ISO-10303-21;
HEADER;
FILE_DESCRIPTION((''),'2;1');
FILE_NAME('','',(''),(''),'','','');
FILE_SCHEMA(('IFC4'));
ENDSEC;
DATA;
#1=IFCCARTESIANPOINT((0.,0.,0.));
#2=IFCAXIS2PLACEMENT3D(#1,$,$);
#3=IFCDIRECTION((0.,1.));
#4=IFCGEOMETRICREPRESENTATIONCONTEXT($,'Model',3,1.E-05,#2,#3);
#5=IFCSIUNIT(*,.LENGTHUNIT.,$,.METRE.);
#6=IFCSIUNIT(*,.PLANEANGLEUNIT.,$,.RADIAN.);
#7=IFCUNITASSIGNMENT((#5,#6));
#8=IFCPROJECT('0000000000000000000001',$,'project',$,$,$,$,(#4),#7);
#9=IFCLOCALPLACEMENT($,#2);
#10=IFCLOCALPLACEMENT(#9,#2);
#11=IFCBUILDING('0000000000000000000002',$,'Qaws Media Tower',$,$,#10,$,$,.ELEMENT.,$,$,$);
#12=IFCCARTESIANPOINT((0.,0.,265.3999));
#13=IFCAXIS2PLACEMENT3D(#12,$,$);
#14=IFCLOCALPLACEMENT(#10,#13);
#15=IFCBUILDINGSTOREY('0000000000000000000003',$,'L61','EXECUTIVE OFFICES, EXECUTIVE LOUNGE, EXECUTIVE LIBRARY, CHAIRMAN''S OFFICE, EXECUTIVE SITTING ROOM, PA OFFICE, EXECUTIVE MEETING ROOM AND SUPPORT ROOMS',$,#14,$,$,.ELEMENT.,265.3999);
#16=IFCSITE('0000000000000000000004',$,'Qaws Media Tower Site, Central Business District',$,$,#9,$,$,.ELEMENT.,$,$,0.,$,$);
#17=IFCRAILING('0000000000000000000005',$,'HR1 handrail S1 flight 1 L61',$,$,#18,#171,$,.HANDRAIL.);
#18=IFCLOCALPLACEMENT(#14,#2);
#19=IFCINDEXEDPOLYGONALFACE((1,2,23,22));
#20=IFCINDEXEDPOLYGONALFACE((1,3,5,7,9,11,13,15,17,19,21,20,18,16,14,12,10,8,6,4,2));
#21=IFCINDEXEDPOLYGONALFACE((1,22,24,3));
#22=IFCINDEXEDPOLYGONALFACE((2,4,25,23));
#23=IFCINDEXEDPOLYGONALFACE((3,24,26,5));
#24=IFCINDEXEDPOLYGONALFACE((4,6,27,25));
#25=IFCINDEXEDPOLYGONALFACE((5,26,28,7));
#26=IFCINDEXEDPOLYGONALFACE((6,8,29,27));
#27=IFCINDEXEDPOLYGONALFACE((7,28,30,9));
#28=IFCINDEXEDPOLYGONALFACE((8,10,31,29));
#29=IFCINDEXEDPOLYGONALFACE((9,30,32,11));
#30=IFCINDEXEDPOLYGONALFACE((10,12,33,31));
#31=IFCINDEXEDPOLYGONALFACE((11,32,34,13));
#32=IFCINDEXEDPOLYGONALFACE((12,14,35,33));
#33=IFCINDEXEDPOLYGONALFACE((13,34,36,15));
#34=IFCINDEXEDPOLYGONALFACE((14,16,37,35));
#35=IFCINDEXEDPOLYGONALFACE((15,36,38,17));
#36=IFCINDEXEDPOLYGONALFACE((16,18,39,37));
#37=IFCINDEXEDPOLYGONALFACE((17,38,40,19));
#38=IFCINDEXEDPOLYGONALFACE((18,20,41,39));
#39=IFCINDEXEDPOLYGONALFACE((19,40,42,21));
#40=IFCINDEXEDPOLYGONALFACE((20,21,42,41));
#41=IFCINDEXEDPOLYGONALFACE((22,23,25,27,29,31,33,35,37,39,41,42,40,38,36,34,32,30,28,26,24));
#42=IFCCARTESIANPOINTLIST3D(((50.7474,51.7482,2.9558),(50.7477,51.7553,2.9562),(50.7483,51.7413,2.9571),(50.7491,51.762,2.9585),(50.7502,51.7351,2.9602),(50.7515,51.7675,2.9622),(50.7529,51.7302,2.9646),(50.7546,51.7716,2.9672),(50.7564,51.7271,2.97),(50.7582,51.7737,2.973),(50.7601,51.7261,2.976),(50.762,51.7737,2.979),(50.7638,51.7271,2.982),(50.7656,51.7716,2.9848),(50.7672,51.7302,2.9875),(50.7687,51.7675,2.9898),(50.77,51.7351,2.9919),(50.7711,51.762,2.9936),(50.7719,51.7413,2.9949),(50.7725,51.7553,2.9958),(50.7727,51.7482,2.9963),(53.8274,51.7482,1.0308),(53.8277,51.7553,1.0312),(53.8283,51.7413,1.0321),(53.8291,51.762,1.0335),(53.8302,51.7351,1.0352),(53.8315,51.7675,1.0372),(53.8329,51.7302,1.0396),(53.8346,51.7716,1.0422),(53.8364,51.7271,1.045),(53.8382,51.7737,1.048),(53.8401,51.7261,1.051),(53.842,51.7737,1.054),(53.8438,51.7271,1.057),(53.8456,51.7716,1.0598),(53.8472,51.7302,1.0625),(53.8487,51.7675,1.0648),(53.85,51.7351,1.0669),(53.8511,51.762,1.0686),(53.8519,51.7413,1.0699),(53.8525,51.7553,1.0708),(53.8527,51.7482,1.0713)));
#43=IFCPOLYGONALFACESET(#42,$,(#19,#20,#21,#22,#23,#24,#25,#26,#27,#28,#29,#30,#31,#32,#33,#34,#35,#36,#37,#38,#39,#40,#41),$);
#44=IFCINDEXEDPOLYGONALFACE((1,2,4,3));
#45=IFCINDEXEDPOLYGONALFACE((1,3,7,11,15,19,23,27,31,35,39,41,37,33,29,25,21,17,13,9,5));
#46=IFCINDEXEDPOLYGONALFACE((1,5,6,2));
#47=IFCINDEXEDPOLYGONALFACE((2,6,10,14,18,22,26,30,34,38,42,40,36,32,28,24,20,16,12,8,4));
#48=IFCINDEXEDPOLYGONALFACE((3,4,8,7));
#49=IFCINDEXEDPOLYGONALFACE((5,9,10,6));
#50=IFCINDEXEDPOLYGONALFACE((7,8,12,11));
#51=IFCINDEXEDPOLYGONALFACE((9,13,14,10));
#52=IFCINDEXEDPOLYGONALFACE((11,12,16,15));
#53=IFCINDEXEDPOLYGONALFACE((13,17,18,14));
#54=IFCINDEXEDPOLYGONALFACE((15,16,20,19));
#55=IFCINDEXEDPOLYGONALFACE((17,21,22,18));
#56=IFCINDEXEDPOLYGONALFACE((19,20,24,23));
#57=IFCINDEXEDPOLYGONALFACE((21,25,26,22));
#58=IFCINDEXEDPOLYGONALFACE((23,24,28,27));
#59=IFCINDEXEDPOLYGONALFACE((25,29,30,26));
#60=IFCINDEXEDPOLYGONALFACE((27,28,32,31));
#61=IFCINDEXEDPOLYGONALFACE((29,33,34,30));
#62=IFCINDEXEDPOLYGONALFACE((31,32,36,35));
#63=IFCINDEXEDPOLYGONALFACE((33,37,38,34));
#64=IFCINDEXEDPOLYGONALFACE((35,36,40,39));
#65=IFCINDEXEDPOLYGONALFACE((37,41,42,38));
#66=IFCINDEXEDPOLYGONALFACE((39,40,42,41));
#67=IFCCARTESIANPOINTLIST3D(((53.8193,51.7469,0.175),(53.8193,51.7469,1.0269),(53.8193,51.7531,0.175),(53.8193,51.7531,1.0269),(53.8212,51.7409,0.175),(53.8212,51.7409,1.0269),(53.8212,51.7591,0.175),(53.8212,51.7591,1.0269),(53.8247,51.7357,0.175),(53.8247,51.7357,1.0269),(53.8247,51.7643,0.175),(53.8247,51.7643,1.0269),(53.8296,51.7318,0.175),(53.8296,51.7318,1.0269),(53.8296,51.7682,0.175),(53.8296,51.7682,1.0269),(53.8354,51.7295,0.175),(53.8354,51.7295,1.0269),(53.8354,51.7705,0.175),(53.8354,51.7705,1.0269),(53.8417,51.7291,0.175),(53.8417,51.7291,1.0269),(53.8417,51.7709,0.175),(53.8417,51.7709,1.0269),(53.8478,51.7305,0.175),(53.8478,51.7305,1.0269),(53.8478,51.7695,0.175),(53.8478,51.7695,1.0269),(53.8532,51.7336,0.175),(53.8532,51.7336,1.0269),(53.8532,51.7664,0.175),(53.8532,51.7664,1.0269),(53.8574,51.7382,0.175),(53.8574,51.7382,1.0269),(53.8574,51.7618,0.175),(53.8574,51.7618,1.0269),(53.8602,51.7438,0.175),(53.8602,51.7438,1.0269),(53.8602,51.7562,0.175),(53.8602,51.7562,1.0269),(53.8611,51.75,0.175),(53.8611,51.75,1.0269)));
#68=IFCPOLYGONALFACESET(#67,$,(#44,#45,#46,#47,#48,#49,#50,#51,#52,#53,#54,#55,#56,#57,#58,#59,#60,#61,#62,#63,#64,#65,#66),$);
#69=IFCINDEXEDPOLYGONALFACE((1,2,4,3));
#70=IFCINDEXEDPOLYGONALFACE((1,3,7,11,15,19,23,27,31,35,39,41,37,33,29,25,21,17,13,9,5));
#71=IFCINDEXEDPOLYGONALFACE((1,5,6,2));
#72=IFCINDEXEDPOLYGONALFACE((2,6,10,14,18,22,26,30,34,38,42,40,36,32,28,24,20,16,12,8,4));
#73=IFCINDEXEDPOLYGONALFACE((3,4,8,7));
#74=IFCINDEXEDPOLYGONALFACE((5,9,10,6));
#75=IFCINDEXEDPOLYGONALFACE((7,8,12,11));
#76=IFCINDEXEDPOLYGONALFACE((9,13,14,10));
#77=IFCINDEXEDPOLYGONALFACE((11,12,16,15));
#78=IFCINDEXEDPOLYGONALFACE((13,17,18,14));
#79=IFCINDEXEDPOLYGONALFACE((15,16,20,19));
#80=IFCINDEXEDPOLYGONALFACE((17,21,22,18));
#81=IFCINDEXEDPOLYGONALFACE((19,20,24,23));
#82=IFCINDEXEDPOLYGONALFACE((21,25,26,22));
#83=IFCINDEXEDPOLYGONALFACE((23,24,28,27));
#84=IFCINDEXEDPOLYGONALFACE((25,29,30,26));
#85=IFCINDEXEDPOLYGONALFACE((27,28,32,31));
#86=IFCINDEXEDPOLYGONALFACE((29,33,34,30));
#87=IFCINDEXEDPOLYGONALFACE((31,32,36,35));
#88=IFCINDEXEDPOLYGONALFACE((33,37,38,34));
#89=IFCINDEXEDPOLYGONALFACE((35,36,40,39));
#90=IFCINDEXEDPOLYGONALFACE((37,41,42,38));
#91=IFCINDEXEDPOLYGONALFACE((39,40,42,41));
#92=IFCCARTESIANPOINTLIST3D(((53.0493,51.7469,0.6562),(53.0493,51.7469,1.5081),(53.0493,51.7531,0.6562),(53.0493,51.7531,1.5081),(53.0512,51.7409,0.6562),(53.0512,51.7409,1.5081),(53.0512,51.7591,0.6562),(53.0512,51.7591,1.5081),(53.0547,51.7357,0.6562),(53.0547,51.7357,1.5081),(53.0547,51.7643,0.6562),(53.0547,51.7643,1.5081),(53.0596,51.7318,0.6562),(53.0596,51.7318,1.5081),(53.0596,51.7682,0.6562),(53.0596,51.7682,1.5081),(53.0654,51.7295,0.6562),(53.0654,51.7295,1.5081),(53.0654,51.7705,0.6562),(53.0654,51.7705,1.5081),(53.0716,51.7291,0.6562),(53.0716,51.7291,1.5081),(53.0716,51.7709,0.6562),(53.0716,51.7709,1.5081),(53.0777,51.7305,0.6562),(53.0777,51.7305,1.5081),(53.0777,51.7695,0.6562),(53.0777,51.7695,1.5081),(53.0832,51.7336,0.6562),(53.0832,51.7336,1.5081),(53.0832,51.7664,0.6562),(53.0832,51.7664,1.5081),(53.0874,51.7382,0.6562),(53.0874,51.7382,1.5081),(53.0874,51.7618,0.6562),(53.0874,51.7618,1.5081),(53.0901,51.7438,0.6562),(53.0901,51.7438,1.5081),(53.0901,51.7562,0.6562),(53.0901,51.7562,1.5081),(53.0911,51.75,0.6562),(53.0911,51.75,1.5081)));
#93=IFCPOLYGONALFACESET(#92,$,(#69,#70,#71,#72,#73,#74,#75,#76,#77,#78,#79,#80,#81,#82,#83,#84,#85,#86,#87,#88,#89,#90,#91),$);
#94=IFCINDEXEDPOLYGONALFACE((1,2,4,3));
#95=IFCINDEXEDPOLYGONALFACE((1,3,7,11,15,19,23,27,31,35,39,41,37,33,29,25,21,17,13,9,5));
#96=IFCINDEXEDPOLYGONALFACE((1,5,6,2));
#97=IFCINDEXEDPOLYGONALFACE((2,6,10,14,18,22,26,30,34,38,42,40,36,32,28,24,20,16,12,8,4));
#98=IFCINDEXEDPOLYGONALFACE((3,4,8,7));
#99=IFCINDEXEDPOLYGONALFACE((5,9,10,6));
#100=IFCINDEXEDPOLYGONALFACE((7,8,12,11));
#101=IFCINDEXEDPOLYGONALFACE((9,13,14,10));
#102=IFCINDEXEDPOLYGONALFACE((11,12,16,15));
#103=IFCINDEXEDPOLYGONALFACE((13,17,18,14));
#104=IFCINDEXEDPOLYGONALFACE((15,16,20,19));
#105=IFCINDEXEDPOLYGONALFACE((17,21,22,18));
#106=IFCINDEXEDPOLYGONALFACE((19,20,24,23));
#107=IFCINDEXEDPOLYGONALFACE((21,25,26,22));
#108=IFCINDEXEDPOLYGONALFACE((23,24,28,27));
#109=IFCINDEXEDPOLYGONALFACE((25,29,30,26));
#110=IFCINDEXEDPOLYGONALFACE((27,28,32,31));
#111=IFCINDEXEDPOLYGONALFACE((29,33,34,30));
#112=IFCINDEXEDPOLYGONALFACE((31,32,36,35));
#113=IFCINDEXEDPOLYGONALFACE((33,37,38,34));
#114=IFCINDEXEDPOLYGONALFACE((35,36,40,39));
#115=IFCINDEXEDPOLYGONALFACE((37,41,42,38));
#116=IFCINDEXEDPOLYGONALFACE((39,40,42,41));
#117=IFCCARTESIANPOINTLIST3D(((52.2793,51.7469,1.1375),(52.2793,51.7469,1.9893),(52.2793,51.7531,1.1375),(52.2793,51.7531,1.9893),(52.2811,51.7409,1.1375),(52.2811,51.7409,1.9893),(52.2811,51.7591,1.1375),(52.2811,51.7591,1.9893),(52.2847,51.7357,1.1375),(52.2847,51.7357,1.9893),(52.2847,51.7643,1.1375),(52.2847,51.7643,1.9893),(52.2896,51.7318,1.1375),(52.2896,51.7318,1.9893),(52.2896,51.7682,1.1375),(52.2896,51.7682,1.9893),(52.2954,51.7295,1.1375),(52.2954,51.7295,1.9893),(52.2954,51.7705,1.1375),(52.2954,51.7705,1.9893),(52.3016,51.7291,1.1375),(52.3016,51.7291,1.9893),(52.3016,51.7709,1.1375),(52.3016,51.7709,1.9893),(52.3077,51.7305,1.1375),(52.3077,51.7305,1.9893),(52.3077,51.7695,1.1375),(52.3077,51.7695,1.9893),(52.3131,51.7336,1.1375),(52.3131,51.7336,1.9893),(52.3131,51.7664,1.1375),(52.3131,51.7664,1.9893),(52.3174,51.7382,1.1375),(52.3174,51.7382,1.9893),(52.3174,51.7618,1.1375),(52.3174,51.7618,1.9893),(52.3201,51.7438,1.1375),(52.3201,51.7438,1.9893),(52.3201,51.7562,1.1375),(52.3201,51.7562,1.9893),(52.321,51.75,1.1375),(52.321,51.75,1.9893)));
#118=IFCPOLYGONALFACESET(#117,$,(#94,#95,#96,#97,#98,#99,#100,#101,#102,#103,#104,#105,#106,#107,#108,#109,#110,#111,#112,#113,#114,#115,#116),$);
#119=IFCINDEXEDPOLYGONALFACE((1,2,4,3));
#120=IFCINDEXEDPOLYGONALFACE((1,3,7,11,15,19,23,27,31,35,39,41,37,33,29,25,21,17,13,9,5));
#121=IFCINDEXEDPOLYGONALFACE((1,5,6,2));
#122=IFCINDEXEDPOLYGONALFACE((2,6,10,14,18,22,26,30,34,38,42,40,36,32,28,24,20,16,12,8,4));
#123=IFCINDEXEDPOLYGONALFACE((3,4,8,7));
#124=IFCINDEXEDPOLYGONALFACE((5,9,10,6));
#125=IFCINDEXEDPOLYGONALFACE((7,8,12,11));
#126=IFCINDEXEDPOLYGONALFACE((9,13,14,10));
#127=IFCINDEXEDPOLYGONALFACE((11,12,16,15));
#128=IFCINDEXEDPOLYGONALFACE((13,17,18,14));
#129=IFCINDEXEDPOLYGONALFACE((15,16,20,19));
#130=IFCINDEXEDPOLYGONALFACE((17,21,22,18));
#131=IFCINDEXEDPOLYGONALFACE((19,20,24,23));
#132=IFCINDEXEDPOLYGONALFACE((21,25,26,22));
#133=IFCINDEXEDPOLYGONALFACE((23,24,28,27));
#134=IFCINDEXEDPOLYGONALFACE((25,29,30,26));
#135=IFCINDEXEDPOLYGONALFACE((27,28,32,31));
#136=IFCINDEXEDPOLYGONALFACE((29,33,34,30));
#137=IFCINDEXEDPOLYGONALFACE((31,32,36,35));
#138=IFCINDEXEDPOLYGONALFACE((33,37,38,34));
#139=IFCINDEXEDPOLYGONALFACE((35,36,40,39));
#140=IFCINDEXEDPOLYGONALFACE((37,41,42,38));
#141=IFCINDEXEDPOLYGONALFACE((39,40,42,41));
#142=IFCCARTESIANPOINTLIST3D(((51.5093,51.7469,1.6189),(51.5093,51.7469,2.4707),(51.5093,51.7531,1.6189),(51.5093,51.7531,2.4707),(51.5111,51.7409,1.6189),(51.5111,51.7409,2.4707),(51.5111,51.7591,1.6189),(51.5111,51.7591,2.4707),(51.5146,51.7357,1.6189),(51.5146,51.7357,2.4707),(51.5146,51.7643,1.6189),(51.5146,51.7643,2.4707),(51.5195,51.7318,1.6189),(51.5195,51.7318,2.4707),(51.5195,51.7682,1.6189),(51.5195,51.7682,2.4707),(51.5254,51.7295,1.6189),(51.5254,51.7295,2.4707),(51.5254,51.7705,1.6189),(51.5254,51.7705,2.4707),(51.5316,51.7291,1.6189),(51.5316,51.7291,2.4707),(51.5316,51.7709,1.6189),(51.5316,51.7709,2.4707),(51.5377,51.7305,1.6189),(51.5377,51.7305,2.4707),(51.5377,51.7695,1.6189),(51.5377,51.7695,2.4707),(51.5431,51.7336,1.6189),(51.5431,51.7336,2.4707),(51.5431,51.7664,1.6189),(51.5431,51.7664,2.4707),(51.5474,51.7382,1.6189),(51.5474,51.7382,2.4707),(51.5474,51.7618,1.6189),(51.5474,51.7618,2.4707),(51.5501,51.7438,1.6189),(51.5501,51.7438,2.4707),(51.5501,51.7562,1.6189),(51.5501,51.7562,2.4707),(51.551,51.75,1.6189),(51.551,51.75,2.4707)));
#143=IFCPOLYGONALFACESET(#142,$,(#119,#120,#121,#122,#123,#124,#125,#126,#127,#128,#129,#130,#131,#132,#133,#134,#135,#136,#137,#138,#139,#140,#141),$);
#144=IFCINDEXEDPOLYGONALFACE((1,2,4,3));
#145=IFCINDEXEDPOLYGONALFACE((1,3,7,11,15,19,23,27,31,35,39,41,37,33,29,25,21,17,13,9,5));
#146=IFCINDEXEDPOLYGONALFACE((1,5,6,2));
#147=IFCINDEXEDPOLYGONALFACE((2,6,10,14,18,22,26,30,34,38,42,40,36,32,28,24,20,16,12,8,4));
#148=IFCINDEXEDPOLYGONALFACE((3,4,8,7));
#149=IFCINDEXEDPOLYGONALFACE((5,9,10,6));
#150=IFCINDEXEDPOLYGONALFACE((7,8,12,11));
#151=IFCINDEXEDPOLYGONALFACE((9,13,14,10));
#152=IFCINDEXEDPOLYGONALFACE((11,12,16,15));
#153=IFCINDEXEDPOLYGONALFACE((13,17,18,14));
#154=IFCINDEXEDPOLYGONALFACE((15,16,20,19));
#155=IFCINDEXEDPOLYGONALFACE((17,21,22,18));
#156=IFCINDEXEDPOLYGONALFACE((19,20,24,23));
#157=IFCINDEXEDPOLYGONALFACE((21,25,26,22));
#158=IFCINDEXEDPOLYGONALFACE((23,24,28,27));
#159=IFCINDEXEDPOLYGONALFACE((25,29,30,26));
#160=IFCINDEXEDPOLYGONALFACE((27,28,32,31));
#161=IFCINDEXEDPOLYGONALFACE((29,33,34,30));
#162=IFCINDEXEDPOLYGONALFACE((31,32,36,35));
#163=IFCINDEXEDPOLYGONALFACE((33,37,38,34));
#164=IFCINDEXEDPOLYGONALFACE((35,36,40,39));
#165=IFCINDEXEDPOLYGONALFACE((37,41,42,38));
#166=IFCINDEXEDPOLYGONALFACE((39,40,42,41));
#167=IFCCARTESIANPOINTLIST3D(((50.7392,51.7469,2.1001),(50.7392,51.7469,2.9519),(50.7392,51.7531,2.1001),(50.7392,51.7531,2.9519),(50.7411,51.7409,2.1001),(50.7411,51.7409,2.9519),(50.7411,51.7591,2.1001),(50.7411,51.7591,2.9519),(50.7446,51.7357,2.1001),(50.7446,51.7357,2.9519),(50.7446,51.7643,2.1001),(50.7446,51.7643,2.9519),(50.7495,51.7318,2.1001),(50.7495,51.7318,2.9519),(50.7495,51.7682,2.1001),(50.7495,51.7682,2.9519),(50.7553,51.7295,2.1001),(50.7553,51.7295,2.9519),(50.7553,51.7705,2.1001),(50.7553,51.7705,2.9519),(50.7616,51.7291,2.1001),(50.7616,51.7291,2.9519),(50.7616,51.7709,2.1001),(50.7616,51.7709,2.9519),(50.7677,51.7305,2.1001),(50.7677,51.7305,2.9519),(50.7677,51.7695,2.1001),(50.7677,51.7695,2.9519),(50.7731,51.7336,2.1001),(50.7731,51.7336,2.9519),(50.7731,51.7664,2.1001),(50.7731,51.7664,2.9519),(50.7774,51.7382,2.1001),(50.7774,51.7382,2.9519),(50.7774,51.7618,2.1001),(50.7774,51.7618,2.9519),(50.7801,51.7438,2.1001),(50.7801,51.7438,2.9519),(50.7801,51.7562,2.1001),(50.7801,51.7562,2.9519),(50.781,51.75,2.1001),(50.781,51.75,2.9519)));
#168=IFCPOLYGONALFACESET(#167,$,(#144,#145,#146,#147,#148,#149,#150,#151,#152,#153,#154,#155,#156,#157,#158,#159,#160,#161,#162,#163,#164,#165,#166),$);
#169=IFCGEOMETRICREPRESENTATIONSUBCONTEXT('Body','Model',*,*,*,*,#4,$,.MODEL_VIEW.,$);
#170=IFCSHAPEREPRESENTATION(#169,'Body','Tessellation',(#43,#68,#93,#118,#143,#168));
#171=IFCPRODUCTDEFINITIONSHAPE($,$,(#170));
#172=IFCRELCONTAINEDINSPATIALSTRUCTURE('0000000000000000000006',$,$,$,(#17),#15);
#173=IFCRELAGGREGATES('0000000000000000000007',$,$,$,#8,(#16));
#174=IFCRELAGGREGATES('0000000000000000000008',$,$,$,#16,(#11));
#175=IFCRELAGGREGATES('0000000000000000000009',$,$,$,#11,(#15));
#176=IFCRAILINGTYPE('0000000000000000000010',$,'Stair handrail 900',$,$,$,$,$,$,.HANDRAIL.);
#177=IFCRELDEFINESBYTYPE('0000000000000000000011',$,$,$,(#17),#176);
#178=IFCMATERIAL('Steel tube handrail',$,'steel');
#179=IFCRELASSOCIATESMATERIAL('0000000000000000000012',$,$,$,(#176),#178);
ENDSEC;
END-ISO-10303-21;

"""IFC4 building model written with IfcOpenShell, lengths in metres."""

from ifc_helpers import new_model, si_unit, direction, frame, origin, origin_2d, place, context, subcontext, project, spatial, circle, extrude, material, type_object, element, save


model = new_model("IFC4")

# Units and contexts
model_context = context("Model", 3, precision=1e-05, world=origin(), true_north=direction((0.0, 1.0)))
body_context = subcontext(model_context, "Body", "Model", "MODEL_VIEW")
ifc_project = project(units=[si_unit("LENGTHUNIT", "METRE"), si_unit("PLANEANGLEUNIT", "RADIAN")], contexts=[model_context])

# Site, building, storey
site_placement = place(None, origin())
site = spatial("IfcSite", under=ifc_project, at=site_placement, Name="Qaws Media Tower Site, Central Business District", CompositionType="ELEMENT", RefElevation=0.0)
building_placement = place(site_placement, origin())
building = spatial("IfcBuilding", under=site, at=building_placement, Name="Qaws Media Tower", CompositionType="ELEMENT")
storey_placement = place(building_placement, frame((0.0, 0.0, 265.3999)))
storey = spatial("IfcBuildingStorey", under=building, at=storey_placement, Name="L61", Description="EXECUTIVE OFFICES, EXECUTIVE LOUNGE, EXECUTIVE LIBRARY, CHAIRMAN'S OFFICE, EXECUTIVE SITTING ROOM, PA OFFICE, EXECUTIVE MEETING ROOM AND SUPPORT ROOMS", CompositionType="ELEMENT", Elevation=265.3999)

# Railing
ifc_material_1 = material(Name="Steel tube handrail", Category="steel")
railing_type = type_object("IfcRailingType", Name="Stair handrail 900", PredefinedType="HANDRAIL", material=ifc_material_1)
for number, where, name in (
    (1, (53.8401, 51.75, 0.175), "HR1 handrail S1 flight 1 L61"),
):
    element("IfcRailing", number, at=place(storey_placement, frame(where)), inside=storey, type_object=railing_type, Name=name, PredefinedType="HANDRAIL", context=body_context, shape_type="SweptSolid", body=[
        extrude(circle(Radius=0.0239, at=origin_2d()), frame((0.0, 0.0, 0.876), z_axis=(-0.847998, 0.0, 0.529999), x_axis=(0.0, -1.0, 0.0)), (0.0, 0.0, 1.0), 3.6321),
        extrude(circle(Radius=0.021, at=origin_2d()), origin(), (0.0, 0.0, 1.0), 0.8518),
        extrude(circle(Radius=0.021, at=origin_2d()), frame((-0.77, 0.0, 0.4812)), (0.0, 0.0, 1.0), 0.8518),
        extrude(circle(Radius=0.021, at=origin_2d()), frame((-1.54, 0.0, 0.9624)), (0.0, 0.0, 1.0), 0.8518),
        extrude(circle(Radius=0.021, at=origin_2d()), frame((-2.3101, 0.0, 1.4438)), (0.0, 0.0, 1.0), 0.8518),
        extrude(circle(Radius=0.021, at=origin_2d()), frame((-3.0801, 0.0, 1.925)), (0.0, 0.0, 1.0), 0.8518),
    ])

save(model, "model.ifc")
